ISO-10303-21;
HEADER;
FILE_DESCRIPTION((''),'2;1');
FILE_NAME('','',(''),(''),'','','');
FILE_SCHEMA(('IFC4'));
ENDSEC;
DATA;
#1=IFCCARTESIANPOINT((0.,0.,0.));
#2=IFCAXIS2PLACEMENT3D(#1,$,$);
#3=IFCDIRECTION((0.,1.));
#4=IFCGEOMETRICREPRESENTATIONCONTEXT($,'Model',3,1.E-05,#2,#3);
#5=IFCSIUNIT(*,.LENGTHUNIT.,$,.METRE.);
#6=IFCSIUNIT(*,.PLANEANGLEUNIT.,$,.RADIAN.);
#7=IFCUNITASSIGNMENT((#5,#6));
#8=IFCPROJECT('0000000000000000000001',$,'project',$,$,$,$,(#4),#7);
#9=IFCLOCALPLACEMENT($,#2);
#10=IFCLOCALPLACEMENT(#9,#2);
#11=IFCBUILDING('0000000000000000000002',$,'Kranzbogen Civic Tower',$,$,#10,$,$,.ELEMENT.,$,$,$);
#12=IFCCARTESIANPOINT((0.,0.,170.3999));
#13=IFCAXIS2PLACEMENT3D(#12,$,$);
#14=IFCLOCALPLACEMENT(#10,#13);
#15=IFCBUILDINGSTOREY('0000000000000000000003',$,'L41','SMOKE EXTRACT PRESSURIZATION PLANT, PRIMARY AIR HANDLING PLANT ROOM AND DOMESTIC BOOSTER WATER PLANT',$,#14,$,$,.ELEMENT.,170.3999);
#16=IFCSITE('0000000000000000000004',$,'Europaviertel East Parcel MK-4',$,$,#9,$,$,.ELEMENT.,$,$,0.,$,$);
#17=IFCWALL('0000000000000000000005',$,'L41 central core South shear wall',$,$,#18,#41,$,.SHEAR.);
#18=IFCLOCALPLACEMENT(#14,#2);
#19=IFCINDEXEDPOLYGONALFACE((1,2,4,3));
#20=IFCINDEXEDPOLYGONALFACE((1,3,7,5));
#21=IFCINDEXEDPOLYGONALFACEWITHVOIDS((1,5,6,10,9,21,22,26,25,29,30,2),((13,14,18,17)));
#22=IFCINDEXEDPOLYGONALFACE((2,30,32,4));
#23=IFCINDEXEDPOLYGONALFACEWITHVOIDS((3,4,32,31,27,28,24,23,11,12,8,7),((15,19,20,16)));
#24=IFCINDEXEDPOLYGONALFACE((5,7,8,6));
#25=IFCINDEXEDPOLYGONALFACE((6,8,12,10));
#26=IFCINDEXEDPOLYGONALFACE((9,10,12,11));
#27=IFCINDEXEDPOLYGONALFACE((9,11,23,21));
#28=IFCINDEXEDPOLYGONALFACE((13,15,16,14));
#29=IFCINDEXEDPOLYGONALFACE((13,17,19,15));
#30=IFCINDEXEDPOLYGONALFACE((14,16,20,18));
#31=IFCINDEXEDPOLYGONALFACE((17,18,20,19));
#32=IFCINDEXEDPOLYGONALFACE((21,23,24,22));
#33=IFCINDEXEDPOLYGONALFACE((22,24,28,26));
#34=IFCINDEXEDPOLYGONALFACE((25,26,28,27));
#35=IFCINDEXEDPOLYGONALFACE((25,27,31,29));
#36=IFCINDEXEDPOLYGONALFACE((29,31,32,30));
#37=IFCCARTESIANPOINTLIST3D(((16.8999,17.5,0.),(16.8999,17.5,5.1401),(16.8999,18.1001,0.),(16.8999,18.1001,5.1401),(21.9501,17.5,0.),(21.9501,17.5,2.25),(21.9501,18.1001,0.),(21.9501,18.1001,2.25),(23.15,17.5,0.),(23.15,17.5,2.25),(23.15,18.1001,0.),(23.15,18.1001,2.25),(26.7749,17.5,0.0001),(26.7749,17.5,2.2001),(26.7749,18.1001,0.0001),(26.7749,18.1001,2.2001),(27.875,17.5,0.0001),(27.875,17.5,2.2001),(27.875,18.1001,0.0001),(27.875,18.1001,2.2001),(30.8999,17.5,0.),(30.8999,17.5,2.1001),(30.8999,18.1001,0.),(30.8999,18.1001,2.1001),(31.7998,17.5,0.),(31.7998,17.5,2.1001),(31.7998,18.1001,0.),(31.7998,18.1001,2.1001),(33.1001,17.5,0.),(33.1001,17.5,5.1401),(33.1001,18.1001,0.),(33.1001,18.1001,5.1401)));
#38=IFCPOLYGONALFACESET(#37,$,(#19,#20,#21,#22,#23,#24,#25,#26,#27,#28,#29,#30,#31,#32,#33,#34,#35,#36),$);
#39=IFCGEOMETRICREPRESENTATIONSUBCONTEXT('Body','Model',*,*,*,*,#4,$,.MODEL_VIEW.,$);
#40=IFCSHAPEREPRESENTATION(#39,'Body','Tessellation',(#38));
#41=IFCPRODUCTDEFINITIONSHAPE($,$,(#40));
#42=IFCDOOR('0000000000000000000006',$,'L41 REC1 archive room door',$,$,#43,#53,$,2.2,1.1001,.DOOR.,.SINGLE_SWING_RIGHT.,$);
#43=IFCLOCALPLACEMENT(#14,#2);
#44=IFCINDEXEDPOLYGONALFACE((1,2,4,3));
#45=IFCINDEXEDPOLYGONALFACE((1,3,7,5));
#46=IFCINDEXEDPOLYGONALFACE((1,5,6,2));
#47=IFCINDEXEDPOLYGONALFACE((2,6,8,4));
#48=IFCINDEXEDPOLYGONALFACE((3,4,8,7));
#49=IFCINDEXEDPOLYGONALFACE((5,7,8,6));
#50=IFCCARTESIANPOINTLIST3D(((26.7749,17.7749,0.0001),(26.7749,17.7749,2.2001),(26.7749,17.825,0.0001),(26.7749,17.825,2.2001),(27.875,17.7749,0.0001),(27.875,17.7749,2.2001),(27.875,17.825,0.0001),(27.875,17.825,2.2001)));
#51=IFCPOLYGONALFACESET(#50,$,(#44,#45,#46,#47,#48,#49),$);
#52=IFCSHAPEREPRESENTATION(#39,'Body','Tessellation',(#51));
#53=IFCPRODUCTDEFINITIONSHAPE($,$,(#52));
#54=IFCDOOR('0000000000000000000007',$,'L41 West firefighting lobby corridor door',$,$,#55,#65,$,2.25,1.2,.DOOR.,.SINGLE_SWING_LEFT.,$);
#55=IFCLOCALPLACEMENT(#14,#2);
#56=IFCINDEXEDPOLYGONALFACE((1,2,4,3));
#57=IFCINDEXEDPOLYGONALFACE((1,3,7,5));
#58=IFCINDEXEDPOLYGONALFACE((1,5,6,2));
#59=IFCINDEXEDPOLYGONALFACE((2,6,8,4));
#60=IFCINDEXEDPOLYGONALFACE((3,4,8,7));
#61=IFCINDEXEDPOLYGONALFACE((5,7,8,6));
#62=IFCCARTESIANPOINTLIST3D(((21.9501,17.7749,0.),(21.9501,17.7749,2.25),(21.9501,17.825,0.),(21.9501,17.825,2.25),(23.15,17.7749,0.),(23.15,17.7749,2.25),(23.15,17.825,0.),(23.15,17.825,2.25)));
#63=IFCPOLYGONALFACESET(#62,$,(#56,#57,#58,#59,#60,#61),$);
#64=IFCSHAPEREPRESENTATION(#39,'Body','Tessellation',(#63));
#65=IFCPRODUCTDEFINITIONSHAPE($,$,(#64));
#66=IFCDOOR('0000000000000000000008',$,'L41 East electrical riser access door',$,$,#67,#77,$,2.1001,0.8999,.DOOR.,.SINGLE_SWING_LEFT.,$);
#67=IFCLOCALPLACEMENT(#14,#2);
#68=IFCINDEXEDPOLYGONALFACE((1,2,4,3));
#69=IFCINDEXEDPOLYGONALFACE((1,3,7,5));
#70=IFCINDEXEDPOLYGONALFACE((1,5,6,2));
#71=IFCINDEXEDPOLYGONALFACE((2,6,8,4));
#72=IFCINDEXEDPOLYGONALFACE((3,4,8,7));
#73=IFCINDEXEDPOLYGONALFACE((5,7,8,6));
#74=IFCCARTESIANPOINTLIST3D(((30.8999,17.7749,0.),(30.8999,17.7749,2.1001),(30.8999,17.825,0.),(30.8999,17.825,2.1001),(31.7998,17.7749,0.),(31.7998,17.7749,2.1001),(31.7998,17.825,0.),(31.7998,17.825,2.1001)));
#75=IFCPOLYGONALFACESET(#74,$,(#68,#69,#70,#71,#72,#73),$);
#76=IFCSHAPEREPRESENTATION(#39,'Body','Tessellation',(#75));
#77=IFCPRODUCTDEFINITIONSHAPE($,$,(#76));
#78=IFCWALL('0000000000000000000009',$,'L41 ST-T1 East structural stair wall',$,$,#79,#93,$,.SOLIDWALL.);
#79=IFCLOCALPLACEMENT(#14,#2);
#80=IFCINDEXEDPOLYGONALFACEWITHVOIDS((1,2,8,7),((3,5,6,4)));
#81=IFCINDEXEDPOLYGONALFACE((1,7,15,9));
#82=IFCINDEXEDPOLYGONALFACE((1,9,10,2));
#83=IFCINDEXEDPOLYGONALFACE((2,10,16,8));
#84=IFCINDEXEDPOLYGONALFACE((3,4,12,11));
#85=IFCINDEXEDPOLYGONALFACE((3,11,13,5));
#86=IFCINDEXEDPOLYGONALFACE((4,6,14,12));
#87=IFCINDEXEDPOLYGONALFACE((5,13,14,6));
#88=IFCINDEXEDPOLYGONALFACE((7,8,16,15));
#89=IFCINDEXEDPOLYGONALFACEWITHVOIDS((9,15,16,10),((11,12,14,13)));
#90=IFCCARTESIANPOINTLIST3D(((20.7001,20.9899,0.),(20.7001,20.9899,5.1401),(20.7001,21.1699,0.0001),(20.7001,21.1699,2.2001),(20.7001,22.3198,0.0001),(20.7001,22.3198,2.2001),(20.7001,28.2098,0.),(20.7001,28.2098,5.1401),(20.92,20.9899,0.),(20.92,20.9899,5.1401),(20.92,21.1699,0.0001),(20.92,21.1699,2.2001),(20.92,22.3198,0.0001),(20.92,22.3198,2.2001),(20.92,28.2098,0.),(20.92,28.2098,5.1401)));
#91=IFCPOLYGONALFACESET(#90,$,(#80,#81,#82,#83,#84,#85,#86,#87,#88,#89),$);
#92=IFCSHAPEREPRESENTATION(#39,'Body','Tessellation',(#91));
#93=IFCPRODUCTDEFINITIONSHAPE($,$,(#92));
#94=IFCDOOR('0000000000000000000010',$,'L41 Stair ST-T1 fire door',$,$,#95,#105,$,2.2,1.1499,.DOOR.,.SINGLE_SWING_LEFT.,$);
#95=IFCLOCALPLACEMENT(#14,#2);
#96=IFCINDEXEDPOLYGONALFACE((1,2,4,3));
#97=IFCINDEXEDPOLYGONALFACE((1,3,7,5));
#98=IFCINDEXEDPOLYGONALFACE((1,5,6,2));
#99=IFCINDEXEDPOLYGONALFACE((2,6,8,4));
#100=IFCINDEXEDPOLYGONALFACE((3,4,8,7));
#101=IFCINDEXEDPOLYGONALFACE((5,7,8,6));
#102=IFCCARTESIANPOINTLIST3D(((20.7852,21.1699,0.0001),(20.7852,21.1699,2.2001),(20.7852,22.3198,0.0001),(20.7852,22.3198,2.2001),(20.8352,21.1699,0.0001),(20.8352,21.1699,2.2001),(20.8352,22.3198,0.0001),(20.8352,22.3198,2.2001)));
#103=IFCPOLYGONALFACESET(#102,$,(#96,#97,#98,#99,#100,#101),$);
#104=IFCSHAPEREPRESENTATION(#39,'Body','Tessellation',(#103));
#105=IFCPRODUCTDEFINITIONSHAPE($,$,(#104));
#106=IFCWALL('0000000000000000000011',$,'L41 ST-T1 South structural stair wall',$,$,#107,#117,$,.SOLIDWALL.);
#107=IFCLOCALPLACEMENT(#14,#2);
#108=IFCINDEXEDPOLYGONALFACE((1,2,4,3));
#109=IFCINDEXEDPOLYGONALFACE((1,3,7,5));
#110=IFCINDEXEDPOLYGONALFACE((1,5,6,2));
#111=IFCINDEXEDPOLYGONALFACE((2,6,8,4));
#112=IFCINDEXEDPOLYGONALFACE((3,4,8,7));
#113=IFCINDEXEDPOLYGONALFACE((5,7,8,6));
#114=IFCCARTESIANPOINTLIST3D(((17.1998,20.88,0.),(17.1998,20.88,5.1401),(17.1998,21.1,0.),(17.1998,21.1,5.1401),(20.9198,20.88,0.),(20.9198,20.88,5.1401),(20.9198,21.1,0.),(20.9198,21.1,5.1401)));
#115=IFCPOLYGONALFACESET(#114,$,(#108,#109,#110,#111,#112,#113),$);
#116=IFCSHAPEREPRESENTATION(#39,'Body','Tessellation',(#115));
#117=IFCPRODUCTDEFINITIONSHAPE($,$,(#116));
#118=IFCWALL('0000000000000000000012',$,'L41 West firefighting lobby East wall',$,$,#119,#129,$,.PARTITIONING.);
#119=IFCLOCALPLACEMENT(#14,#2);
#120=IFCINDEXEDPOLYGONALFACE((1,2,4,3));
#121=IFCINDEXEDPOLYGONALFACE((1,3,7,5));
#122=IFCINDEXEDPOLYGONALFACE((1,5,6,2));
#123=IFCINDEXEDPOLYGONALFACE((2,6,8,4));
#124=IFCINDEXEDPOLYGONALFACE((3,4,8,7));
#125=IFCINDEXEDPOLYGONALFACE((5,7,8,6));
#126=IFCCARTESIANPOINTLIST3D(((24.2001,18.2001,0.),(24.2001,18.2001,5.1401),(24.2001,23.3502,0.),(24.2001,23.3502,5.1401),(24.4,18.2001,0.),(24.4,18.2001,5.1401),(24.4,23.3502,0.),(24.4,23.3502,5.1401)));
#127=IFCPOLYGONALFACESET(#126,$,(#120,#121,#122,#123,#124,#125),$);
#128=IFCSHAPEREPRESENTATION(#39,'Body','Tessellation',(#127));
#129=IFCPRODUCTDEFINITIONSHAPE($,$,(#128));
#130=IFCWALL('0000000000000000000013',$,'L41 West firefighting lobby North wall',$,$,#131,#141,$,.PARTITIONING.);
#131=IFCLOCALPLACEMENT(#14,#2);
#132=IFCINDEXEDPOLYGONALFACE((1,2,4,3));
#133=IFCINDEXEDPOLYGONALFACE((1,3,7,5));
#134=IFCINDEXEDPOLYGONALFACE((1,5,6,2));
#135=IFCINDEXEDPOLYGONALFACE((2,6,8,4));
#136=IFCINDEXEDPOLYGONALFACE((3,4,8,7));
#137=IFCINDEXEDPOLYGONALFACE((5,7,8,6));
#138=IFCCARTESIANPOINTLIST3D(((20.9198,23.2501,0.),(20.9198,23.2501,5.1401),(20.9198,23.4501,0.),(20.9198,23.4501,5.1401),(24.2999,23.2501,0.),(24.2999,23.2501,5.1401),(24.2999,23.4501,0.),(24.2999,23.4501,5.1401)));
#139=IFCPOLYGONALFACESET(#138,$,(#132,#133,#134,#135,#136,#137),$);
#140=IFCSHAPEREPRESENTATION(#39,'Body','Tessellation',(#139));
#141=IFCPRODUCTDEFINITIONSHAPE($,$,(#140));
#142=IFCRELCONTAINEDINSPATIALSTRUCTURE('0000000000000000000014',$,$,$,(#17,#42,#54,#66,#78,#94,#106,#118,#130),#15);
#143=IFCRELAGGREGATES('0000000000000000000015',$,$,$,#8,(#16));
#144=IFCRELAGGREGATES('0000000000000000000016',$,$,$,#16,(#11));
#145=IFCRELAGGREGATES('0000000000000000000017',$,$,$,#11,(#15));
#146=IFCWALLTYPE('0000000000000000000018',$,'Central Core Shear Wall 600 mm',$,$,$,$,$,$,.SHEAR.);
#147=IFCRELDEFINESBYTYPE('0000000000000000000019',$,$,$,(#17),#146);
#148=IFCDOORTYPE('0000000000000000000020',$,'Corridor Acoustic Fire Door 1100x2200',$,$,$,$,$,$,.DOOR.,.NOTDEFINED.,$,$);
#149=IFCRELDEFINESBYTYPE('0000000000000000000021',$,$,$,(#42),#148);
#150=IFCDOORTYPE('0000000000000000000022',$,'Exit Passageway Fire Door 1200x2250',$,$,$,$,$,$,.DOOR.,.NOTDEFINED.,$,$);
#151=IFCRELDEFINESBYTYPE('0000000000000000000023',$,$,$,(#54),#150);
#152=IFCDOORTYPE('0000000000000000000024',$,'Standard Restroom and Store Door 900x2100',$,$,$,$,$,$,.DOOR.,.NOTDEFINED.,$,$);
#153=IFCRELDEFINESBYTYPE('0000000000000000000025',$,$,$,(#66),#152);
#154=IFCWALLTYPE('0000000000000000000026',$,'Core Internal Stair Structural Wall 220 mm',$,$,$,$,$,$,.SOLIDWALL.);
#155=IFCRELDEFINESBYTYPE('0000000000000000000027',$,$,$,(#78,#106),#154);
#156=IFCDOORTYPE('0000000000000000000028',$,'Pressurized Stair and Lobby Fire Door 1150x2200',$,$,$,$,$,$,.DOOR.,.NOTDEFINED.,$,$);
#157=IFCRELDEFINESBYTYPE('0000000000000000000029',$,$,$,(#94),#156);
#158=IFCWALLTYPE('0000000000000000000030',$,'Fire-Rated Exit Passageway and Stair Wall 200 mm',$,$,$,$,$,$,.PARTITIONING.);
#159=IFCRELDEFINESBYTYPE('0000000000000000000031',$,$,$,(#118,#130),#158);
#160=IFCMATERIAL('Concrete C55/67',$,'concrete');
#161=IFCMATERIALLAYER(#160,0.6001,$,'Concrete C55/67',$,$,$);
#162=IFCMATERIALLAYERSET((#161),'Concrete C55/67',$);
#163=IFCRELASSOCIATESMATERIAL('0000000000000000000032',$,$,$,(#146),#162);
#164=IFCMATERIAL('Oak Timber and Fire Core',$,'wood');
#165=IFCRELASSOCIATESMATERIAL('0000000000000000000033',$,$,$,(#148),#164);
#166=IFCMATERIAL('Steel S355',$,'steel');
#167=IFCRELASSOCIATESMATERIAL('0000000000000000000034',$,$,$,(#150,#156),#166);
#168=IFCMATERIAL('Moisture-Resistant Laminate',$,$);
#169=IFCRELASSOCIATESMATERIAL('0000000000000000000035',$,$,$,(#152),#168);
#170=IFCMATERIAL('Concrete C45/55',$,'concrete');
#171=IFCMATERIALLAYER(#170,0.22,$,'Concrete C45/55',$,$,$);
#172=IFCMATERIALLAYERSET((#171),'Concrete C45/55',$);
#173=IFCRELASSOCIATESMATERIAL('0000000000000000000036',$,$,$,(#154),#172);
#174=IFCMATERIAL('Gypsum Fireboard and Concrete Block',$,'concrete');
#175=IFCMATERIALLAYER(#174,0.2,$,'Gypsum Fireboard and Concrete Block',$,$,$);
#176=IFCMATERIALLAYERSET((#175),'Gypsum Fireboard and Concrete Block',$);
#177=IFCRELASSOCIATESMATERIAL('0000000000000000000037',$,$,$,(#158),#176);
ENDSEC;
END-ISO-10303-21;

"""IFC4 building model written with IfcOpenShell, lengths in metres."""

from ifc_helpers import new_model, si_unit, direction, frame, frame_2d, origin, place, context, subcontext, project, spatial, rectangle, extrude, material, layer, layer_set, type_object, element, fill, save


model = new_model("IFC4")

# Units and contexts
model_context = context("Model", 3, precision=1e-05, world=origin(), true_north=direction((0.0, 1.0)))
body_context = subcontext(model_context, "Body", "Model", "MODEL_VIEW")
ifc_project = project(units=[si_unit("LENGTHUNIT", "METRE"), si_unit("PLANEANGLEUNIT", "RADIAN")], contexts=[model_context])

# Site, building, storey
site_placement = place(None, origin())
site = spatial("IfcSite", under=ifc_project, at=site_placement, Name="Europaviertel East Parcel MK-4", CompositionType="ELEMENT", RefElevation=0.0)
building_placement = place(site_placement, origin())
building = spatial("IfcBuilding", under=site, at=building_placement, Name="Kranzbogen Civic Tower", CompositionType="ELEMENT")
storey_placement = place(building_placement, frame((0.0, 0.0, 170.3999)))
storey = spatial("IfcBuildingStorey", under=building, at=storey_placement, Name="L41", Description="SMOKE EXTRACT PRESSURIZATION PLANT, PRIMARY AIR HANDLING PLANT ROOM AND DOMESTIC BOOSTER WATER PLANT", CompositionType="ELEMENT", Elevation=170.3999)

# Shared definitions
ifc_material_1 = material(Name="Steel S355", Category="steel")

# Wall, openings, doors
ifc_material_2 = material(Name="Concrete C55/67", Category="concrete")
ifc_layer_1 = layer(ifc_material_2, 0.6001, Name="Concrete C55/67")
ifc_layer_set_1 = layer_set([ifc_layer_1], Name="Concrete C55/67")
wall_type_1 = type_object("IfcWallType", Name="Central Core Shear Wall 600 mm", PredefinedType="SHEAR", material=ifc_layer_set_1)
wall_1_placement = place(storey_placement, frame((16.8999, 17.8, 0.0), z_axis=(0.0, 0.0, 1.0), x_axis=(1.0, 0.0, 0.0)))
wall_1 = element("IfcWall", 1, at=wall_1_placement, inside=storey, type_object=wall_type_1, Name="L41 central core South shear wall", PredefinedType="SHEAR", context=body_context, shape_type="SweptSolid", body=[
    extrude(rectangle(XDim=16.2002, YDim=0.6001, at=frame_2d((8.1001, 0.0))), origin(), (0.0, 0.0, 1.0), 5.1401),
])
opening_1_placement = place(wall_1_placement, frame((5.05, 0.0, 0.0)))
opening_1 = element("IfcOpeningElement", 2, at=opening_1_placement, cuts=wall_1, PredefinedType="OPENING", context=body_context, shape_type="SweptSolid", body=[
    extrude(rectangle(XDim=1.2, YDim=2.25, at=frame_2d((0.6001, 1.125))), frame((0.0, 0.3101, 0.0), z_axis=(0.0, -1.0, 0.0), x_axis=(1.0, 0.0, 0.0)), (0.0, 0.0, 1.0), 0.6201),
])
opening_2_placement = place(wall_1_placement, frame((14.0, 0.0, 0.0)))
opening_2 = element("IfcOpeningElement", 3, at=opening_2_placement, cuts=wall_1, PredefinedType="OPENING", context=body_context, shape_type="SweptSolid", body=[
    extrude(rectangle(XDim=0.8999, YDim=2.1001, at=frame_2d((0.45, 1.05))), frame((0.0, 0.3101, 0.0), z_axis=(0.0, -1.0, 0.0), x_axis=(1.0, 0.0, 0.0)), (0.0, 0.0, 1.0), 0.6201),
])
opening_3_placement = place(wall_1_placement, frame((9.875, 0.0, 0.0)))
opening_3 = element("IfcOpeningElement", 4, at=opening_3_placement, cuts=wall_1, PredefinedType="OPENING", context=body_context, shape_type="SweptSolid", body=[
    extrude(rectangle(XDim=1.1001, YDim=2.2, at=frame_2d((0.55, 1.1001))), frame((0.0, 0.3101, 0.0), z_axis=(0.0, -1.0, 0.0), x_axis=(1.0, 0.0, 0.0)), (0.0, 0.0, 1.0), 0.6201),
])
ifc_material_3 = material(Name="Oak Timber and Fire Core", Category="wood")
door_type_1 = type_object("IfcDoorType", Name="Corridor Acoustic Fire Door 1100x2200", OperationType="NOTDEFINED", PredefinedType="DOOR", material=ifc_material_3)
door_1_placement = place(opening_3_placement, origin())
door_1 = element("IfcDoor", 5, at=door_1_placement, inside=storey, type_object=door_type_1, Name="L41 REC1 archive room door", OperationType="SINGLE_SWING_RIGHT", OverallHeight=2.2, OverallWidth=1.1001, PredefinedType="DOOR", context=body_context, shape_type="SweptSolid", body=[
    extrude(rectangle(XDim=1.1001, YDim=2.2, at=frame_2d((0.55, 1.1001))), frame((0.0, 0.0249, 0.0), z_axis=(0.0, -1.0, 0.0), x_axis=(1.0, 0.0, 0.0)), (0.0, 0.0, 1.0), 0.05),
])
fill(opening_3, door_1)
door_type_2 = type_object("IfcDoorType", Name="Exit Passageway Fire Door 1200x2250", OperationType="NOTDEFINED", PredefinedType="DOOR", material=ifc_material_1)
door_2_placement = place(opening_1_placement, origin())
door_2 = element("IfcDoor", 6, at=door_2_placement, inside=storey, type_object=door_type_2, Name="L41 West firefighting lobby corridor door", OperationType="SINGLE_SWING_LEFT", OverallHeight=2.25, OverallWidth=1.2, PredefinedType="DOOR", context=body_context, shape_type="SweptSolid", body=[
    extrude(rectangle(XDim=1.2, YDim=2.25, at=frame_2d((0.6001, 1.125))), frame((0.0, 0.0249, 0.0), z_axis=(0.0, -1.0, 0.0), x_axis=(1.0, 0.0, 0.0)), (0.0, 0.0, 1.0), 0.05),
])
fill(opening_1, door_2)
ifc_material_4 = material(Name="Moisture-Resistant Laminate")
door_type_3 = type_object("IfcDoorType", Name="Standard Restroom and Store Door 900x2100", OperationType="NOTDEFINED", PredefinedType="DOOR", material=ifc_material_4)
door_3_placement = place(opening_2_placement, origin())
door_3 = element("IfcDoor", 7, at=door_3_placement, inside=storey, type_object=door_type_3, Name="L41 East electrical riser access door", OperationType="SINGLE_SWING_LEFT", OverallHeight=2.1001, OverallWidth=0.8999, PredefinedType="DOOR", context=body_context, shape_type="SweptSolid", body=[
    extrude(rectangle(XDim=0.8999, YDim=2.1001, at=frame_2d((0.45, 1.05))), frame((0.0, 0.0249, 0.0), z_axis=(0.0, -1.0, 0.0), x_axis=(1.0, 0.0, 0.0)), (0.0, 0.0, 1.0), 0.05),
])
fill(opening_2, door_3)

# Wall, opening, door
ifc_material_5 = material(Name="Concrete C45/55", Category="concrete")
ifc_layer_2 = layer(ifc_material_5, 0.22, Name="Concrete C45/55")
ifc_layer_set_2 = layer_set([ifc_layer_2], Name="Concrete C45/55")
wall_type_2 = type_object("IfcWallType", Name="Core Internal Stair Structural Wall 220 mm", PredefinedType="SOLIDWALL", material=ifc_layer_set_2)
wall_2_placement = place(storey_placement, frame((20.8101, 20.99, 0.0), z_axis=(0.0, 0.0, 1.0), x_axis=(0.0, 1.0, 0.0)))
wall_2 = element("IfcWall", 8, at=wall_2_placement, inside=storey, type_object=wall_type_2, Name="L41 ST-T1 East structural stair wall", PredefinedType="SOLIDWALL", context=body_context, shape_type="SweptSolid", body=[
    extrude(rectangle(XDim=7.22, YDim=0.22, at=frame_2d((3.6099, 0.0))), origin(), (0.0, 0.0, 1.0), 5.1401),
])
opening_4_placement = place(wall_2_placement, frame((0.1799, 0.0, 0.0)))
opening_4 = element("IfcOpeningElement", 9, at=opening_4_placement, cuts=wall_2, PredefinedType="OPENING", context=body_context, shape_type="SweptSolid", body=[
    extrude(rectangle(XDim=1.1499, YDim=2.2, at=frame_2d((0.575, 1.1001))), frame((0.0, 0.1201, 0.0), z_axis=(0.0, -1.0, 0.0), x_axis=(1.0, 0.0, 0.0)), (0.0, 0.0, 1.0), 0.24),
])
door_type_4 = type_object("IfcDoorType", Name="Pressurized Stair and Lobby Fire Door 1150x2200", OperationType="NOTDEFINED", PredefinedType="DOOR", material=ifc_material_1)
door_4_placement = place(opening_4_placement, origin())
door_4 = element("IfcDoor", 10, at=door_4_placement, inside=storey, type_object=door_type_4, Name="L41 Stair ST-T1 fire door", OperationType="SINGLE_SWING_LEFT", OverallHeight=2.2, OverallWidth=1.1499, PredefinedType="DOOR", context=body_context, shape_type="SweptSolid", body=[
    extrude(rectangle(XDim=1.1499, YDim=2.2, at=frame_2d((0.575, 1.1001))), frame((0.0, 0.0249, 0.0), z_axis=(0.0, -1.0, 0.0), x_axis=(1.0, 0.0, 0.0)), (0.0, 0.0, 1.0), 0.05),
])
fill(opening_4, door_4)

# Walls
wall_3_placement = place(storey_placement, frame((17.2, 20.99, 0.0), z_axis=(0.0, 0.0, 1.0), x_axis=(1.0, 0.0, 0.0)))
element("IfcWall", 11, at=wall_3_placement, inside=storey, type_object=wall_type_2, Name="L41 ST-T1 South structural stair wall", PredefinedType="SOLIDWALL", context=body_context, shape_type="SweptSolid", body=[
    extrude(rectangle(XDim=3.72, YDim=0.22, at=frame_2d((1.8599, 0.0))), origin(), (0.0, 0.0, 1.0), 5.1401),
])
ifc_material_6 = material(Name="Gypsum Fireboard and Concrete Block", Category="concrete")
ifc_layer_3 = layer(ifc_material_6, 0.2, Name="Gypsum Fireboard and Concrete Block")
ifc_layer_set_3 = layer_set([ifc_layer_3], Name="Gypsum Fireboard and Concrete Block")
wall_type_3 = type_object("IfcWallType", Name="Fire-Rated Exit Passageway and Stair Wall 200 mm", PredefinedType="PARTITIONING", material=ifc_layer_set_3)
wall_4_placement = place(storey_placement, frame((24.3, 18.2, 0.0), z_axis=(0.0, 0.0, 1.0), x_axis=(0.0, 1.0, 0.0)))
element("IfcWall", 12, at=wall_4_placement, inside=storey, type_object=wall_type_3, Name="L41 West firefighting lobby East wall", PredefinedType="PARTITIONING", context=body_context, shape_type="SweptSolid", body=[
    extrude(rectangle(XDim=5.1501, YDim=0.2, at=frame_2d((2.5752, 0.0))), origin(), (0.0, 0.0, 1.0), 5.1401),
])
wall_5_placement = place(storey_placement, frame((20.9199, 23.3501, 0.0), z_axis=(0.0, 0.0, 1.0), x_axis=(1.0, 0.0, 0.0)))
element("IfcWall", 13, at=wall_5_placement, inside=storey, type_object=wall_type_3, Name="L41 West firefighting lobby North wall", PredefinedType="PARTITIONING", context=body_context, shape_type="SweptSolid", body=[
    extrude(rectangle(XDim=3.3801, YDim=0.2, at=frame_2d((1.6899, 0.0))), origin(), (0.0, 0.0, 1.0), 5.1401),
])

save(model, "model.ifc")
